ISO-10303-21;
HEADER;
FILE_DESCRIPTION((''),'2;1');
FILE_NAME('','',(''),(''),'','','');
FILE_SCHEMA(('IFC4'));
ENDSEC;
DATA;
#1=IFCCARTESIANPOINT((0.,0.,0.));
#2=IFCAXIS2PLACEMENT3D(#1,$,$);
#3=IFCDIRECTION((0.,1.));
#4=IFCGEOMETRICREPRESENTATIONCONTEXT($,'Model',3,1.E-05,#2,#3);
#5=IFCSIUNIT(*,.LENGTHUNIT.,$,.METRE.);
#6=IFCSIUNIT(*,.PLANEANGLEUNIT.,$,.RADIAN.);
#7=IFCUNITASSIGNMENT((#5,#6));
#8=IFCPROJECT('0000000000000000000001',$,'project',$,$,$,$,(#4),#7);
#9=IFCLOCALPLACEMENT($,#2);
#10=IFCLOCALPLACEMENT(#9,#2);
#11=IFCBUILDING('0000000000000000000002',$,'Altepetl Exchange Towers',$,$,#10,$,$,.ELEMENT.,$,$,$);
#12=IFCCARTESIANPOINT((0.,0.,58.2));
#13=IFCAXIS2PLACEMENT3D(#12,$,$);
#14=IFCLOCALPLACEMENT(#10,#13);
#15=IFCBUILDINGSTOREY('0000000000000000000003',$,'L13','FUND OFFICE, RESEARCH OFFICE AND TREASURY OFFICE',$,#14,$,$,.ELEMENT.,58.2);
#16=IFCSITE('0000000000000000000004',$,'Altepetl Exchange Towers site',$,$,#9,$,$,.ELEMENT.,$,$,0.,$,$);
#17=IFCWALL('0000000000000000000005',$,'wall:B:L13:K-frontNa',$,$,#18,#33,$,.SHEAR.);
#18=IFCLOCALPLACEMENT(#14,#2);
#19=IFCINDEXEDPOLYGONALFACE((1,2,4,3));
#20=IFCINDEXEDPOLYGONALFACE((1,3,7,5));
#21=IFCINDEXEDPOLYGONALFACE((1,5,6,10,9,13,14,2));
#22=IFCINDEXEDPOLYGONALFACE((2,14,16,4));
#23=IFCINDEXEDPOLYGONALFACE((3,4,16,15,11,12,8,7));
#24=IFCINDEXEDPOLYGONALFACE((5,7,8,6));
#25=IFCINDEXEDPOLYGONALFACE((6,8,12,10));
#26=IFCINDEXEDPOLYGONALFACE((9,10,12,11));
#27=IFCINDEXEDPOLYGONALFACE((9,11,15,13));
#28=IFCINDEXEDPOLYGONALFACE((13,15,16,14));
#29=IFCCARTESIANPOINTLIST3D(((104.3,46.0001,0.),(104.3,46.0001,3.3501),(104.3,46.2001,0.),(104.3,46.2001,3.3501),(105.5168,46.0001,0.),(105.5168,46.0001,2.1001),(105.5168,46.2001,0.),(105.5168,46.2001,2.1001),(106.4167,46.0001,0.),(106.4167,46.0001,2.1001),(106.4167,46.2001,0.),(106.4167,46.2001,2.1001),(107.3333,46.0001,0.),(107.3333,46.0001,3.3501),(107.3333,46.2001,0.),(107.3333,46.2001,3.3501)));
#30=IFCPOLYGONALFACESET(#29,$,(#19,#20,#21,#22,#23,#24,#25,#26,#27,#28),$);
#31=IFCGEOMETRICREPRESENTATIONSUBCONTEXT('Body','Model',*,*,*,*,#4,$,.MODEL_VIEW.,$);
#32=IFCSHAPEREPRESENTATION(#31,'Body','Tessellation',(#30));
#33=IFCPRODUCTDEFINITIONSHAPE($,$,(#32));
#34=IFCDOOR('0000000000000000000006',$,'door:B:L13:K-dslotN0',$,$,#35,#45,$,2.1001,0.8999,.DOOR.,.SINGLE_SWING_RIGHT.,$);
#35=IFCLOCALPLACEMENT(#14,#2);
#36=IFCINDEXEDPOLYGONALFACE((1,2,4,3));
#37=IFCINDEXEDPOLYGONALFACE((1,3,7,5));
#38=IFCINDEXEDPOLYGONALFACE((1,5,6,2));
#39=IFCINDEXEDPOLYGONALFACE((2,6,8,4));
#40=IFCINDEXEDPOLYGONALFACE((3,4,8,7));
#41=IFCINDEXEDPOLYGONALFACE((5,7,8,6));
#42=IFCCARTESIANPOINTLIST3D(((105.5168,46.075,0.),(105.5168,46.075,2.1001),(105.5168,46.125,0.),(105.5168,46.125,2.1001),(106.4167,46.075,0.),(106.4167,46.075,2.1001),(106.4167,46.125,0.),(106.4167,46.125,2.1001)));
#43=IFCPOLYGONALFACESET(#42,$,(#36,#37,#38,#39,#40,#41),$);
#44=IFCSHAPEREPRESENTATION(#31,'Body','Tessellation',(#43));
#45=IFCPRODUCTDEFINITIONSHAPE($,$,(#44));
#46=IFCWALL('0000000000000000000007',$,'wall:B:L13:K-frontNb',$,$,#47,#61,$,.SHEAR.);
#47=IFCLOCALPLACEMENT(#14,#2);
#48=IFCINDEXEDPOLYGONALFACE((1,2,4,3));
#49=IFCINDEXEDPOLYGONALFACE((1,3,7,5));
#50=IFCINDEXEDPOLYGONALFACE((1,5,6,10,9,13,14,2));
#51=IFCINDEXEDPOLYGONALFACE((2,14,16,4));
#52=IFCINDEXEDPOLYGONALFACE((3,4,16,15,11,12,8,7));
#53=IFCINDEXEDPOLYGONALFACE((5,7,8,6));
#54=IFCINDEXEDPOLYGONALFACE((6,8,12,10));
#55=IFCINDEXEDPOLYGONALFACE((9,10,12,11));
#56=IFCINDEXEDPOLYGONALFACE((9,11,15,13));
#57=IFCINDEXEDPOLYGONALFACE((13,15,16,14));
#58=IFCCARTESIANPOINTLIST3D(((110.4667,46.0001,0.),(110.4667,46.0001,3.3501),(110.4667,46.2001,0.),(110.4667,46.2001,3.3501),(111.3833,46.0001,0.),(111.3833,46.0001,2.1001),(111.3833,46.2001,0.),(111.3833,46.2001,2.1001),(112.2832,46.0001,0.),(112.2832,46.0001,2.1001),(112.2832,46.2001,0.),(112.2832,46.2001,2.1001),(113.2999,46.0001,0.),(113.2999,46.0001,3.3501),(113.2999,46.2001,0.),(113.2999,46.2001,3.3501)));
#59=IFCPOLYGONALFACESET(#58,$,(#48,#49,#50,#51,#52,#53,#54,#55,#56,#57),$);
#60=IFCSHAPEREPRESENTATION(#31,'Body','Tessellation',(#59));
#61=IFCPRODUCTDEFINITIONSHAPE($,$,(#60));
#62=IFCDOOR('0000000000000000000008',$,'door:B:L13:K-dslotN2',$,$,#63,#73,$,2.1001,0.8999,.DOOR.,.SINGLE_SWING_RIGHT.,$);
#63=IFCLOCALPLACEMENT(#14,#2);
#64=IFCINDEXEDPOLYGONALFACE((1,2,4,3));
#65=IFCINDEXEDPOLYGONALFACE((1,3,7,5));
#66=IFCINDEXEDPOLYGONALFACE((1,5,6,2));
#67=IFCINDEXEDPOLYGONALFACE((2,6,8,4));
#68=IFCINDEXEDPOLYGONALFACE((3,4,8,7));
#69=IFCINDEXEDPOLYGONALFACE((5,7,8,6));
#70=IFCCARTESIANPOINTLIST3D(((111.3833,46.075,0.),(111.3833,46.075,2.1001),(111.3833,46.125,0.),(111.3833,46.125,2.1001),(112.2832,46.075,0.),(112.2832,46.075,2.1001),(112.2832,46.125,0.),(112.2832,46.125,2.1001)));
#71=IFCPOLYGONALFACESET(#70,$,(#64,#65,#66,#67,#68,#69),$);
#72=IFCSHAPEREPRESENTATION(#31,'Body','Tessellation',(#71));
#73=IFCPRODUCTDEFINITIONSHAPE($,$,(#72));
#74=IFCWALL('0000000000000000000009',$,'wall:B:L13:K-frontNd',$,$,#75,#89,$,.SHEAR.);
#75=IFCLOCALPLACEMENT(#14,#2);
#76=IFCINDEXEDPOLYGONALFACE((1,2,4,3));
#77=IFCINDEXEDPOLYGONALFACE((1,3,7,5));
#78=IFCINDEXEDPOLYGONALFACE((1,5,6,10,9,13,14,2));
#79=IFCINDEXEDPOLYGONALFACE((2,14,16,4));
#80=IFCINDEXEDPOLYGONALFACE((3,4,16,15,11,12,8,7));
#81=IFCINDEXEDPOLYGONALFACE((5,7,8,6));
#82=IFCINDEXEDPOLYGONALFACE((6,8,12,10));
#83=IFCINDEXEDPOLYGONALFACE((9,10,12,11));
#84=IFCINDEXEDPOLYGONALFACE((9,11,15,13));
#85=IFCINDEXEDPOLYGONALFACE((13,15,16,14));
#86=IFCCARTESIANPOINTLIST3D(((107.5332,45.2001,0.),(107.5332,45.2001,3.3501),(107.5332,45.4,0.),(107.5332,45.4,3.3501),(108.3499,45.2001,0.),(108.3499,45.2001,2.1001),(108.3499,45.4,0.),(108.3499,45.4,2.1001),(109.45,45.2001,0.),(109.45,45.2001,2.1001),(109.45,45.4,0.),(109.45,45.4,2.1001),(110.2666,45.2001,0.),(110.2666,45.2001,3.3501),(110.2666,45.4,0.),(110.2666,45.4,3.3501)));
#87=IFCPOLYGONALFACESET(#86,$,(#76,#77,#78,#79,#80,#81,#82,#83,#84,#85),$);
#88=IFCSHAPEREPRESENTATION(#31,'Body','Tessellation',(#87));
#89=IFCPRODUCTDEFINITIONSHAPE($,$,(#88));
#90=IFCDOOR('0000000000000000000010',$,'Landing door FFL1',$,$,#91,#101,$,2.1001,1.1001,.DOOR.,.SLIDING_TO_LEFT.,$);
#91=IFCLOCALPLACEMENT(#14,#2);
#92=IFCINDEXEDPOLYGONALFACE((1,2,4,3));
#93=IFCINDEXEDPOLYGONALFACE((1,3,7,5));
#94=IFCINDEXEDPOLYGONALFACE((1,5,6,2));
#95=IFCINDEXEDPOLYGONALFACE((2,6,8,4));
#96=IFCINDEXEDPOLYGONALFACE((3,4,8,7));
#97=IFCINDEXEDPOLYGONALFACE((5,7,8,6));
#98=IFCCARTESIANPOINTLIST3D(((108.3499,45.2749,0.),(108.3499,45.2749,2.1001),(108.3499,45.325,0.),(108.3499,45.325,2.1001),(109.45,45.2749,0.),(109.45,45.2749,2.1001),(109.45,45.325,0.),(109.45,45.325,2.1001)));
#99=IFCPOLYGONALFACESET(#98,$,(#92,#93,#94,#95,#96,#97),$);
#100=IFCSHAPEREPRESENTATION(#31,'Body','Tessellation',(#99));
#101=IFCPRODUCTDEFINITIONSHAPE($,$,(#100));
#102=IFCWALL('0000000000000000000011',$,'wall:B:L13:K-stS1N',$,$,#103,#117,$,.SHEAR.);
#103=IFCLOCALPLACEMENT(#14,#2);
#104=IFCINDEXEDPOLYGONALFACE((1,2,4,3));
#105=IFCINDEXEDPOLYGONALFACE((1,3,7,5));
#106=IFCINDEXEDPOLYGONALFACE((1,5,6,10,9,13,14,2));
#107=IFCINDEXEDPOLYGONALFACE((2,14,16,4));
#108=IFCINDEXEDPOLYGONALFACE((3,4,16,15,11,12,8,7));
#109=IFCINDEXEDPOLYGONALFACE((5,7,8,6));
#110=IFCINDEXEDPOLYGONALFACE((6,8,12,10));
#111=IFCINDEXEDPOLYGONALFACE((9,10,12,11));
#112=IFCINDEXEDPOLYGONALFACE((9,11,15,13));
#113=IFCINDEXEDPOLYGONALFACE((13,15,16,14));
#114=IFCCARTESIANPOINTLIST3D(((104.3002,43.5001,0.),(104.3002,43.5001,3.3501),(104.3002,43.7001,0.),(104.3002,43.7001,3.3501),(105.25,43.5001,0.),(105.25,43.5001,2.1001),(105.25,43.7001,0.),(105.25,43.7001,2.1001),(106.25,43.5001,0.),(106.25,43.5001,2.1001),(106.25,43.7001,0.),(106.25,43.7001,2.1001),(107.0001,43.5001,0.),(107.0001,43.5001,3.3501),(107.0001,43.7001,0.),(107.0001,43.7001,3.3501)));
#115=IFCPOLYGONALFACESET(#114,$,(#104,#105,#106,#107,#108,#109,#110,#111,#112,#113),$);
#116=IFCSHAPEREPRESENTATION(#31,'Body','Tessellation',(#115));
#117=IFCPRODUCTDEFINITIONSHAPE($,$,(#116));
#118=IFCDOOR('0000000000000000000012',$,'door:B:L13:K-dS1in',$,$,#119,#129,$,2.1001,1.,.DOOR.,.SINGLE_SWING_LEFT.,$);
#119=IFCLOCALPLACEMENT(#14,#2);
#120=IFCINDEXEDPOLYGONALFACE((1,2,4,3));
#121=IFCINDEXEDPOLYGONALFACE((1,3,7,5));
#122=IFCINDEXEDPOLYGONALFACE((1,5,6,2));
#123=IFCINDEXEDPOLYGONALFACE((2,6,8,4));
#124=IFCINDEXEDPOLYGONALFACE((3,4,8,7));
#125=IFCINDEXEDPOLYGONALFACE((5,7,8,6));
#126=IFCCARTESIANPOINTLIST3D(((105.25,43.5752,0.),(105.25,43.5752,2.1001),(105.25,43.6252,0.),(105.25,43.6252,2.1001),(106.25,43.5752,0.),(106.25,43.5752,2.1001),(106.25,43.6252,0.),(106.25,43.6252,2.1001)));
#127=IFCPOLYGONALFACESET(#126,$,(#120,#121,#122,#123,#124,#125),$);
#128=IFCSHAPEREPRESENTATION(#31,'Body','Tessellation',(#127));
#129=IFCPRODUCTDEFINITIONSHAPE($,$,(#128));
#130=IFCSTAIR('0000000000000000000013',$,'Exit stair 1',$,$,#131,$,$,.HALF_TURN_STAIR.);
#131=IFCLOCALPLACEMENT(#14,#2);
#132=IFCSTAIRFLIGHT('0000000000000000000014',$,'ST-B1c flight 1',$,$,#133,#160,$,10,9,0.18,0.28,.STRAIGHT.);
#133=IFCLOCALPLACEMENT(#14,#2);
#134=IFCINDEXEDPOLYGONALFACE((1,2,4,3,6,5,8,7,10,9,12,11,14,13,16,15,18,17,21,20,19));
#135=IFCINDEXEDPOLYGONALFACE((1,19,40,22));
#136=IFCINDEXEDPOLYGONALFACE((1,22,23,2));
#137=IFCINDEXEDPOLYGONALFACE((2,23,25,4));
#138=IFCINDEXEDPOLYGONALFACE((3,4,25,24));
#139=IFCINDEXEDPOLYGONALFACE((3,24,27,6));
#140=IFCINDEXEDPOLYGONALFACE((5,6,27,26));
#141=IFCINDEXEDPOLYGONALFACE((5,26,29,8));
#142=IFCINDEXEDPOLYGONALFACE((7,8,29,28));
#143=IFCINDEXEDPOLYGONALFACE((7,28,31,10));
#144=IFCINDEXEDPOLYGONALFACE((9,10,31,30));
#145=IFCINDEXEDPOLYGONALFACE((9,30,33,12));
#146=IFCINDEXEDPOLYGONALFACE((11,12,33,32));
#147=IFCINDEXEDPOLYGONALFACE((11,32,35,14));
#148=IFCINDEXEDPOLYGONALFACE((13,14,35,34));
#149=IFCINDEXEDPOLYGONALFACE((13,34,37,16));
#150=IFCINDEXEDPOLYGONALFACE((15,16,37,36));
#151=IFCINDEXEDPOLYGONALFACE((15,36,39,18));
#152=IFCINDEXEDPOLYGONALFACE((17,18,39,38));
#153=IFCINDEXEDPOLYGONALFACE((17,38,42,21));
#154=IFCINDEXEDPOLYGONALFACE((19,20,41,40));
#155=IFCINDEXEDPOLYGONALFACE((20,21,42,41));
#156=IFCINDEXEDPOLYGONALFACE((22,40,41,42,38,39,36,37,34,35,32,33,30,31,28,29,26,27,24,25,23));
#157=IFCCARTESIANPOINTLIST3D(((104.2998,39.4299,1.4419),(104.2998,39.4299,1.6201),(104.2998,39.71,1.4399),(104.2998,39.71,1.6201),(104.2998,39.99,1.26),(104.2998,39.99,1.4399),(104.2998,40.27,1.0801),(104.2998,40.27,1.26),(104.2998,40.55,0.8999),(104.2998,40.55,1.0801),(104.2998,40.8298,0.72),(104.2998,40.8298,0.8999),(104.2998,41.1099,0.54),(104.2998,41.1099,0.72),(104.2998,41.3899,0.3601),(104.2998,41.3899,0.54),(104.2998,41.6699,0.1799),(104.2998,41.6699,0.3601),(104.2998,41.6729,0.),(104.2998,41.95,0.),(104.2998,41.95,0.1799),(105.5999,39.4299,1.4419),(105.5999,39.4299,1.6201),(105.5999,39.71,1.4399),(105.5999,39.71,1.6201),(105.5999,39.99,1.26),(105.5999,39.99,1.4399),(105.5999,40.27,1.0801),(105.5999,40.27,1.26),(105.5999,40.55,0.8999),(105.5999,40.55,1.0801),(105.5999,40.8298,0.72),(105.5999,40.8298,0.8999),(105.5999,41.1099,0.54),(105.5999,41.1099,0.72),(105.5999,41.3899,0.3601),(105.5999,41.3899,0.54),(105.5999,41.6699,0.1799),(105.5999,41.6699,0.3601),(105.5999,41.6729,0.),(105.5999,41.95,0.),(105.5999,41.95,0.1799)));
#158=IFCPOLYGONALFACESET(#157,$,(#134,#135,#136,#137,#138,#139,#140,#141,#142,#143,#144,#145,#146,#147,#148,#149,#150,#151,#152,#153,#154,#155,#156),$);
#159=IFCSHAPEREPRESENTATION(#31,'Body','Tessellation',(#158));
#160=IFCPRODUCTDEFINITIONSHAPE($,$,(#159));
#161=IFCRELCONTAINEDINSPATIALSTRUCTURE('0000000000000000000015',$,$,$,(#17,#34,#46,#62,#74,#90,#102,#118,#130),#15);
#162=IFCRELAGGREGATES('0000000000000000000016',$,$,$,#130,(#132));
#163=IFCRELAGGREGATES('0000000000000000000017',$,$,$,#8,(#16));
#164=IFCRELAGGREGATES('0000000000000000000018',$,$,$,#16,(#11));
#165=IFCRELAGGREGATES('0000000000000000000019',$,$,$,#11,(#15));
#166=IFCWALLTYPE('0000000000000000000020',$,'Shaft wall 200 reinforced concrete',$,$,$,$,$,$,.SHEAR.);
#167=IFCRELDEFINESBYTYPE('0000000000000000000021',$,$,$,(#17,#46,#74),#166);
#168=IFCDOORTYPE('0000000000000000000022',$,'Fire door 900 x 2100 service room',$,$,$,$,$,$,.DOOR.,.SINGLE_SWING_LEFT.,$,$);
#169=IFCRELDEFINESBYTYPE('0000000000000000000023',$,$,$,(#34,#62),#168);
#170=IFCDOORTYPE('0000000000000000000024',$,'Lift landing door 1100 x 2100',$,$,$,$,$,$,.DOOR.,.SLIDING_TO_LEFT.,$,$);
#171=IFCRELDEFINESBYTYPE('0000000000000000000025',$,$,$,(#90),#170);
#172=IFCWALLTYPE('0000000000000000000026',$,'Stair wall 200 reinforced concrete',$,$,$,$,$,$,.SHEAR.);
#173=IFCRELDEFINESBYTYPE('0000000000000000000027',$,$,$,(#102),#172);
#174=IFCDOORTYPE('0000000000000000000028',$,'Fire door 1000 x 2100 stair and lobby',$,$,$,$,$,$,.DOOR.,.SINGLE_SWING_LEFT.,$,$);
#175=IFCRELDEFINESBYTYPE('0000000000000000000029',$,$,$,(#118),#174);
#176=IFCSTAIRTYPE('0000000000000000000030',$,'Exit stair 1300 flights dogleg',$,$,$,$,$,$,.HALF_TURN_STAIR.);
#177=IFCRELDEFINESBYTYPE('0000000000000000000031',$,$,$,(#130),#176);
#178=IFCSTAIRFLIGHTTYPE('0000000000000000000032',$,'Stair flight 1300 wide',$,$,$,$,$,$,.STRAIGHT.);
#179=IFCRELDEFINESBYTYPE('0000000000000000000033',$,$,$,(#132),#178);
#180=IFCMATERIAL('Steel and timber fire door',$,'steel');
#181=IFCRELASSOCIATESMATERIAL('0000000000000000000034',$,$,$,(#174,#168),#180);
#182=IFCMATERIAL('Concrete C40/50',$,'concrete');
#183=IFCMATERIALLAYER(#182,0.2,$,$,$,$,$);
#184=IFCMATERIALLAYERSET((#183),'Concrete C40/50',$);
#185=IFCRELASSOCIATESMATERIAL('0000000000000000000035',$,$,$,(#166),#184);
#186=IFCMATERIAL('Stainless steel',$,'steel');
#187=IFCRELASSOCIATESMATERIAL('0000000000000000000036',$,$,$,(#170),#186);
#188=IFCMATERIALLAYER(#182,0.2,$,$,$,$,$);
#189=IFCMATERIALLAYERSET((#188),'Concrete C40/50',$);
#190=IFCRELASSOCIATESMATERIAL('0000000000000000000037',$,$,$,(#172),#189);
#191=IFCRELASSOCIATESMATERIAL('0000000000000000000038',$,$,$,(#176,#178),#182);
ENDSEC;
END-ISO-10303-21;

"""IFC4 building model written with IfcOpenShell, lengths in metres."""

from ifc_helpers import new_model, si_unit, direction, frame, frame_2d, origin, place, context, subcontext, project, spatial, polyline, rectangle, outline, extrude, material, layer, layer_set, type_object, element, fill, aggregate, save


model = new_model("IFC4")

# Units and contexts
model_context = context("Model", 3, precision=1e-05, world=origin(), true_north=direction((0.0, 1.0)))
body_context = subcontext(model_context, "Body", "Model", "MODEL_VIEW")
ifc_project = project(units=[si_unit("LENGTHUNIT", "METRE"), si_unit("PLANEANGLEUNIT", "RADIAN")], contexts=[model_context])

# Site, building, storey
site_placement = place(None, origin())
site = spatial("IfcSite", under=ifc_project, at=site_placement, Name="Altepetl Exchange Towers site", CompositionType="ELEMENT", RefElevation=0.0)
building_placement = place(site_placement, origin())
building = spatial("IfcBuilding", under=site, at=building_placement, Name="Altepetl Exchange Towers", CompositionType="ELEMENT")
storey_placement = place(building_placement, frame((0.0, 0.0, 58.2)))
storey = spatial("IfcBuildingStorey", under=building, at=storey_placement, Name="L13", Description="FUND OFFICE, RESEARCH OFFICE AND TREASURY OFFICE", CompositionType="ELEMENT", Elevation=58.2)

# Shared definitions
ifc_material_1 = material(Name="Steel and timber fire door", Category="steel")
door_type_1 = type_object("IfcDoorType", Name="Fire door 1000 x 2100 stair and lobby", OperationType="SINGLE_SWING_LEFT", PredefinedType="DOOR", material=ifc_material_1)
door_type_2 = type_object("IfcDoorType", Name="Fire door 900 x 2100 service room", OperationType="SINGLE_SWING_LEFT", PredefinedType="DOOR", material=ifc_material_1)

# Shared definitions
ifc_material_2 = material(Name="Concrete C40/50", Category="concrete")
ifc_layer_1 = layer(ifc_material_2, 0.2)
ifc_layer_set_1 = layer_set([ifc_layer_1], Name="Concrete C40/50")
wall_type_1 = type_object("IfcWallType", Name="Shaft wall 200 reinforced concrete", PredefinedType="SHEAR", material=ifc_layer_set_1)

# Walls, openings, doors
wall_1_placement = place(storey_placement, frame((104.3, 46.1001, 0.0)))
wall_1 = element("IfcWall", 1, at=wall_1_placement, inside=storey, type_object=wall_type_1, Name="wall:B:L13:K-frontNa", PredefinedType="SHEAR", context=body_context, shape_type="SweptSolid", body=[
    extrude(rectangle(XDim=3.0332, YDim=0.2, at=frame_2d((1.5166, 0.0))), origin(), (0.0, 0.0, 1.0), 3.3501),
])
opening_1_placement = place(wall_1_placement, frame((1.2168, 0.0, 0.0)))
opening_1 = element("IfcOpeningElement", 2, at=opening_1_placement, cuts=wall_1, PredefinedType="OPENING", context=body_context, shape_type="SweptSolid", body=[
    extrude(rectangle(XDim=0.8999, YDim=2.1001, at=frame_2d((0.45, 1.05))), frame((0.0, 0.1099, 0.0), z_axis=(0.0, -1.0, 0.0), x_axis=(1.0, 0.0, 0.0)), (0.0, 0.0, 1.0), 0.22),
])
door_1_placement = place(opening_1_placement, origin())
door_1 = element("IfcDoor", 3, at=door_1_placement, inside=storey, type_object=door_type_2, Name="door:B:L13:K-dslotN0", OperationType="SINGLE_SWING_RIGHT", OverallHeight=2.1001, OverallWidth=0.8999, PredefinedType="DOOR", context=body_context, shape_type="SweptSolid", body=[
    extrude(rectangle(XDim=0.8999, YDim=2.1001, at=frame_2d((0.45, 1.05))), frame((0.0, 0.0249, 0.0), z_axis=(0.0, -1.0, 0.0), x_axis=(1.0, 0.0, 0.0)), (0.0, 0.0, 1.0), 0.05),
])
fill(opening_1, door_1)
wall_2_placement = place(storey_placement, frame((110.4668, 46.1001, 0.0)))
wall_2 = element("IfcWall", 4, at=wall_2_placement, inside=storey, type_object=wall_type_1, Name="wall:B:L13:K-frontNb", PredefinedType="SHEAR", context=body_context, shape_type="SweptSolid", body=[
    extrude(rectangle(XDim=2.8333, YDim=0.2, at=frame_2d((1.4165, 0.0))), origin(), (0.0, 0.0, 1.0), 3.3501),
])
opening_2_placement = place(wall_2_placement, frame((0.9165, 0.0, 0.0)))
opening_2 = element("IfcOpeningElement", 5, at=opening_2_placement, cuts=wall_2, PredefinedType="OPENING", context=body_context, shape_type="SweptSolid", body=[
    extrude(rectangle(XDim=0.8999, YDim=2.1001, at=frame_2d((0.45, 1.05))), frame((0.0, 0.1099, 0.0), z_axis=(0.0, -1.0, 0.0), x_axis=(1.0, 0.0, 0.0)), (0.0, 0.0, 1.0), 0.22),
])
door_2_placement = place(opening_2_placement, origin())
door_2 = element("IfcDoor", 6, at=door_2_placement, inside=storey, type_object=door_type_2, Name="door:B:L13:K-dslotN2", OperationType="SINGLE_SWING_RIGHT", OverallHeight=2.1001, OverallWidth=0.8999, PredefinedType="DOOR", context=body_context, shape_type="SweptSolid", body=[
    extrude(rectangle(XDim=0.8999, YDim=2.1001, at=frame_2d((0.45, 1.05))), frame((0.0, 0.0249, 0.0), z_axis=(0.0, -1.0, 0.0), x_axis=(1.0, 0.0, 0.0)), (0.0, 0.0, 1.0), 0.05),
])
fill(opening_2, door_2)
wall_3_placement = place(storey_placement, frame((107.5332, 45.3, 0.0)))
wall_3 = element("IfcWall", 7, at=wall_3_placement, inside=storey, type_object=wall_type_1, Name="wall:B:L13:K-frontNd", PredefinedType="SHEAR", context=body_context, shape_type="SweptSolid", body=[
    extrude(rectangle(XDim=2.7334, YDim=0.2, at=frame_2d((1.3667, 0.0))), origin(), (0.0, 0.0, 1.0), 3.3501),
])
opening_3_placement = place(wall_3_placement, frame((0.8167, 0.0, 0.0)))
opening_3 = element("IfcOpeningElement", 8, at=opening_3_placement, cuts=wall_3, PredefinedType="OPENING", context=body_context, shape_type="SweptSolid", body=[
    extrude(rectangle(XDim=1.1001, YDim=2.1001, at=frame_2d((0.55, 1.05))), frame((0.0, 0.1099, 0.0), z_axis=(0.0, -1.0, 0.0), x_axis=(1.0, 0.0, 0.0)), (0.0, 0.0, 1.0), 0.22),
])
ifc_material_3 = material(Name="Stainless steel", Category="steel")
door_type_3 = type_object("IfcDoorType", Name="Lift landing door 1100 x 2100", OperationType="SLIDING_TO_LEFT", PredefinedType="DOOR", material=ifc_material_3)
door_3_placement = place(opening_3_placement, origin())
door_3 = element("IfcDoor", 9, at=door_3_placement, inside=storey, type_object=door_type_3, Name="Landing door FFL1", OperationType="SLIDING_TO_LEFT", OverallHeight=2.1001, OverallWidth=1.1001, PredefinedType="DOOR", context=body_context, shape_type="SweptSolid", body=[
    extrude(rectangle(XDim=1.1001, YDim=2.1001, at=frame_2d((0.55, 1.05))), frame((0.0, 0.0249, 0.0), z_axis=(0.0, -1.0, 0.0), x_axis=(1.0, 0.0, 0.0)), (0.0, 0.0, 1.0), 0.05),
])
fill(opening_3, door_3)
ifc_layer_2 = layer(ifc_material_2, 0.2)
ifc_layer_set_2 = layer_set([ifc_layer_2], Name="Concrete C40/50")
wall_type_2 = type_object("IfcWallType", Name="Stair wall 200 reinforced concrete", PredefinedType="SHEAR", material=ifc_layer_set_2)
wall_4_placement = place(storey_placement, frame((104.3, 43.6001, 0.0)))
wall_4 = element("IfcWall", 10, at=wall_4_placement, inside=storey, type_object=wall_type_2, Name="wall:B:L13:K-stS1N", PredefinedType="SHEAR", context=body_context, shape_type="SweptSolid", body=[
    extrude(rectangle(XDim=2.7, YDim=0.2, at=frame_2d((1.3501, 0.0))), origin(), (0.0, 0.0, 1.0), 3.3501),
])
opening_4_placement = place(wall_4_placement, frame((0.95, 0.0, 0.0)))
opening_4 = element("IfcOpeningElement", 11, at=opening_4_placement, cuts=wall_4, PredefinedType="OPENING", context=body_context, shape_type="SweptSolid", body=[
    extrude(rectangle(XDim=1.0, YDim=2.1001, at=frame_2d((0.5, 1.05))), frame((0.0, 0.1099, 0.0), z_axis=(0.0, -1.0, 0.0), x_axis=(1.0, 0.0, 0.0)), (0.0, 0.0, 1.0), 0.22),
])
door_4_placement = place(opening_4_placement, frame((1.0, 0.0, 0.0), x_axis=(-1.0, 0.0, 0.0)))
door_4 = element("IfcDoor", 12, at=door_4_placement, inside=storey, type_object=door_type_1, Name="door:B:L13:K-dS1in", OperationType="SINGLE_SWING_LEFT", OverallHeight=2.1001, OverallWidth=1.0, PredefinedType="DOOR", context=body_context, shape_type="SweptSolid", body=[
    extrude(rectangle(XDim=1.0, YDim=2.1001, at=frame_2d((0.5, 1.05))), frame((0.0, 0.0249, 0.0), z_axis=(0.0, -1.0, 0.0), x_axis=(1.0, 0.0, 0.0)), (0.0, 0.0, 1.0), 0.05),
])
fill(opening_4, door_4)

# Stair, stair flight
stair_type = type_object("IfcStairType", Name="Exit stair 1300 flights dogleg", PredefinedType="HALF_TURN_STAIR", material=ifc_material_2)
stair_1_placement = place(storey_placement, origin())
stair_1 = element("IfcStair", 13, at=stair_1_placement, inside=storey, type_object=stair_type, Name="Exit stair 1", PredefinedType="HALF_TURN_STAIR")
stair_flight_type = type_object("IfcStairFlightType", Name="Stair flight 1300 wide", PredefinedType="STRAIGHT", material=ifc_material_2)
stair_flight_1_placement = place(storey_placement, frame((104.95, 41.95, 0.0), z_axis=(0.0, 0.0, 1.0), x_axis=(0.0, -1.0, 0.0)))
stair_flight_1 = element("IfcStairFlight", 14, at=stair_flight_1_placement, type_object=stair_flight_type, Name="ST-B1c flight 1", NumberOfRisers=10, NumberOfTreads=9, PredefinedType="STRAIGHT", RiserHeight=0.18, TreadLength=0.28, context=body_context, shape_type="SweptSolid", body=[
    extrude(outline(polyline([(0.0, 0.0), (0.0, 0.1799), (0.28, 0.1799), (0.28, 0.3601), (0.5601, 0.3601), (0.5601, 0.54), (0.8401, 0.54), (0.8401, 0.72), (1.1201, 0.72), (1.1201, 0.8999), (1.3999, 0.8999), (1.3999, 1.0801), (1.6799, 1.0801), (1.6799, 1.26), (1.96, 1.26), (1.96, 1.4399), (2.24, 1.4399), (2.24, 1.6201), (2.52, 1.6201), (2.52, 1.8), (2.52, 1.4419), (0.2771, 0.0), (0.0, 0.0)])), frame((0.0, 0.6499, 0.0), z_axis=(0.0, -1.0, 0.0), x_axis=(1.0, 0.0, 0.0)), (0.0, 0.0, 1.0), 1.3),
])
aggregate(stair_1, [stair_flight_1])

save(model, "model.ifc")
